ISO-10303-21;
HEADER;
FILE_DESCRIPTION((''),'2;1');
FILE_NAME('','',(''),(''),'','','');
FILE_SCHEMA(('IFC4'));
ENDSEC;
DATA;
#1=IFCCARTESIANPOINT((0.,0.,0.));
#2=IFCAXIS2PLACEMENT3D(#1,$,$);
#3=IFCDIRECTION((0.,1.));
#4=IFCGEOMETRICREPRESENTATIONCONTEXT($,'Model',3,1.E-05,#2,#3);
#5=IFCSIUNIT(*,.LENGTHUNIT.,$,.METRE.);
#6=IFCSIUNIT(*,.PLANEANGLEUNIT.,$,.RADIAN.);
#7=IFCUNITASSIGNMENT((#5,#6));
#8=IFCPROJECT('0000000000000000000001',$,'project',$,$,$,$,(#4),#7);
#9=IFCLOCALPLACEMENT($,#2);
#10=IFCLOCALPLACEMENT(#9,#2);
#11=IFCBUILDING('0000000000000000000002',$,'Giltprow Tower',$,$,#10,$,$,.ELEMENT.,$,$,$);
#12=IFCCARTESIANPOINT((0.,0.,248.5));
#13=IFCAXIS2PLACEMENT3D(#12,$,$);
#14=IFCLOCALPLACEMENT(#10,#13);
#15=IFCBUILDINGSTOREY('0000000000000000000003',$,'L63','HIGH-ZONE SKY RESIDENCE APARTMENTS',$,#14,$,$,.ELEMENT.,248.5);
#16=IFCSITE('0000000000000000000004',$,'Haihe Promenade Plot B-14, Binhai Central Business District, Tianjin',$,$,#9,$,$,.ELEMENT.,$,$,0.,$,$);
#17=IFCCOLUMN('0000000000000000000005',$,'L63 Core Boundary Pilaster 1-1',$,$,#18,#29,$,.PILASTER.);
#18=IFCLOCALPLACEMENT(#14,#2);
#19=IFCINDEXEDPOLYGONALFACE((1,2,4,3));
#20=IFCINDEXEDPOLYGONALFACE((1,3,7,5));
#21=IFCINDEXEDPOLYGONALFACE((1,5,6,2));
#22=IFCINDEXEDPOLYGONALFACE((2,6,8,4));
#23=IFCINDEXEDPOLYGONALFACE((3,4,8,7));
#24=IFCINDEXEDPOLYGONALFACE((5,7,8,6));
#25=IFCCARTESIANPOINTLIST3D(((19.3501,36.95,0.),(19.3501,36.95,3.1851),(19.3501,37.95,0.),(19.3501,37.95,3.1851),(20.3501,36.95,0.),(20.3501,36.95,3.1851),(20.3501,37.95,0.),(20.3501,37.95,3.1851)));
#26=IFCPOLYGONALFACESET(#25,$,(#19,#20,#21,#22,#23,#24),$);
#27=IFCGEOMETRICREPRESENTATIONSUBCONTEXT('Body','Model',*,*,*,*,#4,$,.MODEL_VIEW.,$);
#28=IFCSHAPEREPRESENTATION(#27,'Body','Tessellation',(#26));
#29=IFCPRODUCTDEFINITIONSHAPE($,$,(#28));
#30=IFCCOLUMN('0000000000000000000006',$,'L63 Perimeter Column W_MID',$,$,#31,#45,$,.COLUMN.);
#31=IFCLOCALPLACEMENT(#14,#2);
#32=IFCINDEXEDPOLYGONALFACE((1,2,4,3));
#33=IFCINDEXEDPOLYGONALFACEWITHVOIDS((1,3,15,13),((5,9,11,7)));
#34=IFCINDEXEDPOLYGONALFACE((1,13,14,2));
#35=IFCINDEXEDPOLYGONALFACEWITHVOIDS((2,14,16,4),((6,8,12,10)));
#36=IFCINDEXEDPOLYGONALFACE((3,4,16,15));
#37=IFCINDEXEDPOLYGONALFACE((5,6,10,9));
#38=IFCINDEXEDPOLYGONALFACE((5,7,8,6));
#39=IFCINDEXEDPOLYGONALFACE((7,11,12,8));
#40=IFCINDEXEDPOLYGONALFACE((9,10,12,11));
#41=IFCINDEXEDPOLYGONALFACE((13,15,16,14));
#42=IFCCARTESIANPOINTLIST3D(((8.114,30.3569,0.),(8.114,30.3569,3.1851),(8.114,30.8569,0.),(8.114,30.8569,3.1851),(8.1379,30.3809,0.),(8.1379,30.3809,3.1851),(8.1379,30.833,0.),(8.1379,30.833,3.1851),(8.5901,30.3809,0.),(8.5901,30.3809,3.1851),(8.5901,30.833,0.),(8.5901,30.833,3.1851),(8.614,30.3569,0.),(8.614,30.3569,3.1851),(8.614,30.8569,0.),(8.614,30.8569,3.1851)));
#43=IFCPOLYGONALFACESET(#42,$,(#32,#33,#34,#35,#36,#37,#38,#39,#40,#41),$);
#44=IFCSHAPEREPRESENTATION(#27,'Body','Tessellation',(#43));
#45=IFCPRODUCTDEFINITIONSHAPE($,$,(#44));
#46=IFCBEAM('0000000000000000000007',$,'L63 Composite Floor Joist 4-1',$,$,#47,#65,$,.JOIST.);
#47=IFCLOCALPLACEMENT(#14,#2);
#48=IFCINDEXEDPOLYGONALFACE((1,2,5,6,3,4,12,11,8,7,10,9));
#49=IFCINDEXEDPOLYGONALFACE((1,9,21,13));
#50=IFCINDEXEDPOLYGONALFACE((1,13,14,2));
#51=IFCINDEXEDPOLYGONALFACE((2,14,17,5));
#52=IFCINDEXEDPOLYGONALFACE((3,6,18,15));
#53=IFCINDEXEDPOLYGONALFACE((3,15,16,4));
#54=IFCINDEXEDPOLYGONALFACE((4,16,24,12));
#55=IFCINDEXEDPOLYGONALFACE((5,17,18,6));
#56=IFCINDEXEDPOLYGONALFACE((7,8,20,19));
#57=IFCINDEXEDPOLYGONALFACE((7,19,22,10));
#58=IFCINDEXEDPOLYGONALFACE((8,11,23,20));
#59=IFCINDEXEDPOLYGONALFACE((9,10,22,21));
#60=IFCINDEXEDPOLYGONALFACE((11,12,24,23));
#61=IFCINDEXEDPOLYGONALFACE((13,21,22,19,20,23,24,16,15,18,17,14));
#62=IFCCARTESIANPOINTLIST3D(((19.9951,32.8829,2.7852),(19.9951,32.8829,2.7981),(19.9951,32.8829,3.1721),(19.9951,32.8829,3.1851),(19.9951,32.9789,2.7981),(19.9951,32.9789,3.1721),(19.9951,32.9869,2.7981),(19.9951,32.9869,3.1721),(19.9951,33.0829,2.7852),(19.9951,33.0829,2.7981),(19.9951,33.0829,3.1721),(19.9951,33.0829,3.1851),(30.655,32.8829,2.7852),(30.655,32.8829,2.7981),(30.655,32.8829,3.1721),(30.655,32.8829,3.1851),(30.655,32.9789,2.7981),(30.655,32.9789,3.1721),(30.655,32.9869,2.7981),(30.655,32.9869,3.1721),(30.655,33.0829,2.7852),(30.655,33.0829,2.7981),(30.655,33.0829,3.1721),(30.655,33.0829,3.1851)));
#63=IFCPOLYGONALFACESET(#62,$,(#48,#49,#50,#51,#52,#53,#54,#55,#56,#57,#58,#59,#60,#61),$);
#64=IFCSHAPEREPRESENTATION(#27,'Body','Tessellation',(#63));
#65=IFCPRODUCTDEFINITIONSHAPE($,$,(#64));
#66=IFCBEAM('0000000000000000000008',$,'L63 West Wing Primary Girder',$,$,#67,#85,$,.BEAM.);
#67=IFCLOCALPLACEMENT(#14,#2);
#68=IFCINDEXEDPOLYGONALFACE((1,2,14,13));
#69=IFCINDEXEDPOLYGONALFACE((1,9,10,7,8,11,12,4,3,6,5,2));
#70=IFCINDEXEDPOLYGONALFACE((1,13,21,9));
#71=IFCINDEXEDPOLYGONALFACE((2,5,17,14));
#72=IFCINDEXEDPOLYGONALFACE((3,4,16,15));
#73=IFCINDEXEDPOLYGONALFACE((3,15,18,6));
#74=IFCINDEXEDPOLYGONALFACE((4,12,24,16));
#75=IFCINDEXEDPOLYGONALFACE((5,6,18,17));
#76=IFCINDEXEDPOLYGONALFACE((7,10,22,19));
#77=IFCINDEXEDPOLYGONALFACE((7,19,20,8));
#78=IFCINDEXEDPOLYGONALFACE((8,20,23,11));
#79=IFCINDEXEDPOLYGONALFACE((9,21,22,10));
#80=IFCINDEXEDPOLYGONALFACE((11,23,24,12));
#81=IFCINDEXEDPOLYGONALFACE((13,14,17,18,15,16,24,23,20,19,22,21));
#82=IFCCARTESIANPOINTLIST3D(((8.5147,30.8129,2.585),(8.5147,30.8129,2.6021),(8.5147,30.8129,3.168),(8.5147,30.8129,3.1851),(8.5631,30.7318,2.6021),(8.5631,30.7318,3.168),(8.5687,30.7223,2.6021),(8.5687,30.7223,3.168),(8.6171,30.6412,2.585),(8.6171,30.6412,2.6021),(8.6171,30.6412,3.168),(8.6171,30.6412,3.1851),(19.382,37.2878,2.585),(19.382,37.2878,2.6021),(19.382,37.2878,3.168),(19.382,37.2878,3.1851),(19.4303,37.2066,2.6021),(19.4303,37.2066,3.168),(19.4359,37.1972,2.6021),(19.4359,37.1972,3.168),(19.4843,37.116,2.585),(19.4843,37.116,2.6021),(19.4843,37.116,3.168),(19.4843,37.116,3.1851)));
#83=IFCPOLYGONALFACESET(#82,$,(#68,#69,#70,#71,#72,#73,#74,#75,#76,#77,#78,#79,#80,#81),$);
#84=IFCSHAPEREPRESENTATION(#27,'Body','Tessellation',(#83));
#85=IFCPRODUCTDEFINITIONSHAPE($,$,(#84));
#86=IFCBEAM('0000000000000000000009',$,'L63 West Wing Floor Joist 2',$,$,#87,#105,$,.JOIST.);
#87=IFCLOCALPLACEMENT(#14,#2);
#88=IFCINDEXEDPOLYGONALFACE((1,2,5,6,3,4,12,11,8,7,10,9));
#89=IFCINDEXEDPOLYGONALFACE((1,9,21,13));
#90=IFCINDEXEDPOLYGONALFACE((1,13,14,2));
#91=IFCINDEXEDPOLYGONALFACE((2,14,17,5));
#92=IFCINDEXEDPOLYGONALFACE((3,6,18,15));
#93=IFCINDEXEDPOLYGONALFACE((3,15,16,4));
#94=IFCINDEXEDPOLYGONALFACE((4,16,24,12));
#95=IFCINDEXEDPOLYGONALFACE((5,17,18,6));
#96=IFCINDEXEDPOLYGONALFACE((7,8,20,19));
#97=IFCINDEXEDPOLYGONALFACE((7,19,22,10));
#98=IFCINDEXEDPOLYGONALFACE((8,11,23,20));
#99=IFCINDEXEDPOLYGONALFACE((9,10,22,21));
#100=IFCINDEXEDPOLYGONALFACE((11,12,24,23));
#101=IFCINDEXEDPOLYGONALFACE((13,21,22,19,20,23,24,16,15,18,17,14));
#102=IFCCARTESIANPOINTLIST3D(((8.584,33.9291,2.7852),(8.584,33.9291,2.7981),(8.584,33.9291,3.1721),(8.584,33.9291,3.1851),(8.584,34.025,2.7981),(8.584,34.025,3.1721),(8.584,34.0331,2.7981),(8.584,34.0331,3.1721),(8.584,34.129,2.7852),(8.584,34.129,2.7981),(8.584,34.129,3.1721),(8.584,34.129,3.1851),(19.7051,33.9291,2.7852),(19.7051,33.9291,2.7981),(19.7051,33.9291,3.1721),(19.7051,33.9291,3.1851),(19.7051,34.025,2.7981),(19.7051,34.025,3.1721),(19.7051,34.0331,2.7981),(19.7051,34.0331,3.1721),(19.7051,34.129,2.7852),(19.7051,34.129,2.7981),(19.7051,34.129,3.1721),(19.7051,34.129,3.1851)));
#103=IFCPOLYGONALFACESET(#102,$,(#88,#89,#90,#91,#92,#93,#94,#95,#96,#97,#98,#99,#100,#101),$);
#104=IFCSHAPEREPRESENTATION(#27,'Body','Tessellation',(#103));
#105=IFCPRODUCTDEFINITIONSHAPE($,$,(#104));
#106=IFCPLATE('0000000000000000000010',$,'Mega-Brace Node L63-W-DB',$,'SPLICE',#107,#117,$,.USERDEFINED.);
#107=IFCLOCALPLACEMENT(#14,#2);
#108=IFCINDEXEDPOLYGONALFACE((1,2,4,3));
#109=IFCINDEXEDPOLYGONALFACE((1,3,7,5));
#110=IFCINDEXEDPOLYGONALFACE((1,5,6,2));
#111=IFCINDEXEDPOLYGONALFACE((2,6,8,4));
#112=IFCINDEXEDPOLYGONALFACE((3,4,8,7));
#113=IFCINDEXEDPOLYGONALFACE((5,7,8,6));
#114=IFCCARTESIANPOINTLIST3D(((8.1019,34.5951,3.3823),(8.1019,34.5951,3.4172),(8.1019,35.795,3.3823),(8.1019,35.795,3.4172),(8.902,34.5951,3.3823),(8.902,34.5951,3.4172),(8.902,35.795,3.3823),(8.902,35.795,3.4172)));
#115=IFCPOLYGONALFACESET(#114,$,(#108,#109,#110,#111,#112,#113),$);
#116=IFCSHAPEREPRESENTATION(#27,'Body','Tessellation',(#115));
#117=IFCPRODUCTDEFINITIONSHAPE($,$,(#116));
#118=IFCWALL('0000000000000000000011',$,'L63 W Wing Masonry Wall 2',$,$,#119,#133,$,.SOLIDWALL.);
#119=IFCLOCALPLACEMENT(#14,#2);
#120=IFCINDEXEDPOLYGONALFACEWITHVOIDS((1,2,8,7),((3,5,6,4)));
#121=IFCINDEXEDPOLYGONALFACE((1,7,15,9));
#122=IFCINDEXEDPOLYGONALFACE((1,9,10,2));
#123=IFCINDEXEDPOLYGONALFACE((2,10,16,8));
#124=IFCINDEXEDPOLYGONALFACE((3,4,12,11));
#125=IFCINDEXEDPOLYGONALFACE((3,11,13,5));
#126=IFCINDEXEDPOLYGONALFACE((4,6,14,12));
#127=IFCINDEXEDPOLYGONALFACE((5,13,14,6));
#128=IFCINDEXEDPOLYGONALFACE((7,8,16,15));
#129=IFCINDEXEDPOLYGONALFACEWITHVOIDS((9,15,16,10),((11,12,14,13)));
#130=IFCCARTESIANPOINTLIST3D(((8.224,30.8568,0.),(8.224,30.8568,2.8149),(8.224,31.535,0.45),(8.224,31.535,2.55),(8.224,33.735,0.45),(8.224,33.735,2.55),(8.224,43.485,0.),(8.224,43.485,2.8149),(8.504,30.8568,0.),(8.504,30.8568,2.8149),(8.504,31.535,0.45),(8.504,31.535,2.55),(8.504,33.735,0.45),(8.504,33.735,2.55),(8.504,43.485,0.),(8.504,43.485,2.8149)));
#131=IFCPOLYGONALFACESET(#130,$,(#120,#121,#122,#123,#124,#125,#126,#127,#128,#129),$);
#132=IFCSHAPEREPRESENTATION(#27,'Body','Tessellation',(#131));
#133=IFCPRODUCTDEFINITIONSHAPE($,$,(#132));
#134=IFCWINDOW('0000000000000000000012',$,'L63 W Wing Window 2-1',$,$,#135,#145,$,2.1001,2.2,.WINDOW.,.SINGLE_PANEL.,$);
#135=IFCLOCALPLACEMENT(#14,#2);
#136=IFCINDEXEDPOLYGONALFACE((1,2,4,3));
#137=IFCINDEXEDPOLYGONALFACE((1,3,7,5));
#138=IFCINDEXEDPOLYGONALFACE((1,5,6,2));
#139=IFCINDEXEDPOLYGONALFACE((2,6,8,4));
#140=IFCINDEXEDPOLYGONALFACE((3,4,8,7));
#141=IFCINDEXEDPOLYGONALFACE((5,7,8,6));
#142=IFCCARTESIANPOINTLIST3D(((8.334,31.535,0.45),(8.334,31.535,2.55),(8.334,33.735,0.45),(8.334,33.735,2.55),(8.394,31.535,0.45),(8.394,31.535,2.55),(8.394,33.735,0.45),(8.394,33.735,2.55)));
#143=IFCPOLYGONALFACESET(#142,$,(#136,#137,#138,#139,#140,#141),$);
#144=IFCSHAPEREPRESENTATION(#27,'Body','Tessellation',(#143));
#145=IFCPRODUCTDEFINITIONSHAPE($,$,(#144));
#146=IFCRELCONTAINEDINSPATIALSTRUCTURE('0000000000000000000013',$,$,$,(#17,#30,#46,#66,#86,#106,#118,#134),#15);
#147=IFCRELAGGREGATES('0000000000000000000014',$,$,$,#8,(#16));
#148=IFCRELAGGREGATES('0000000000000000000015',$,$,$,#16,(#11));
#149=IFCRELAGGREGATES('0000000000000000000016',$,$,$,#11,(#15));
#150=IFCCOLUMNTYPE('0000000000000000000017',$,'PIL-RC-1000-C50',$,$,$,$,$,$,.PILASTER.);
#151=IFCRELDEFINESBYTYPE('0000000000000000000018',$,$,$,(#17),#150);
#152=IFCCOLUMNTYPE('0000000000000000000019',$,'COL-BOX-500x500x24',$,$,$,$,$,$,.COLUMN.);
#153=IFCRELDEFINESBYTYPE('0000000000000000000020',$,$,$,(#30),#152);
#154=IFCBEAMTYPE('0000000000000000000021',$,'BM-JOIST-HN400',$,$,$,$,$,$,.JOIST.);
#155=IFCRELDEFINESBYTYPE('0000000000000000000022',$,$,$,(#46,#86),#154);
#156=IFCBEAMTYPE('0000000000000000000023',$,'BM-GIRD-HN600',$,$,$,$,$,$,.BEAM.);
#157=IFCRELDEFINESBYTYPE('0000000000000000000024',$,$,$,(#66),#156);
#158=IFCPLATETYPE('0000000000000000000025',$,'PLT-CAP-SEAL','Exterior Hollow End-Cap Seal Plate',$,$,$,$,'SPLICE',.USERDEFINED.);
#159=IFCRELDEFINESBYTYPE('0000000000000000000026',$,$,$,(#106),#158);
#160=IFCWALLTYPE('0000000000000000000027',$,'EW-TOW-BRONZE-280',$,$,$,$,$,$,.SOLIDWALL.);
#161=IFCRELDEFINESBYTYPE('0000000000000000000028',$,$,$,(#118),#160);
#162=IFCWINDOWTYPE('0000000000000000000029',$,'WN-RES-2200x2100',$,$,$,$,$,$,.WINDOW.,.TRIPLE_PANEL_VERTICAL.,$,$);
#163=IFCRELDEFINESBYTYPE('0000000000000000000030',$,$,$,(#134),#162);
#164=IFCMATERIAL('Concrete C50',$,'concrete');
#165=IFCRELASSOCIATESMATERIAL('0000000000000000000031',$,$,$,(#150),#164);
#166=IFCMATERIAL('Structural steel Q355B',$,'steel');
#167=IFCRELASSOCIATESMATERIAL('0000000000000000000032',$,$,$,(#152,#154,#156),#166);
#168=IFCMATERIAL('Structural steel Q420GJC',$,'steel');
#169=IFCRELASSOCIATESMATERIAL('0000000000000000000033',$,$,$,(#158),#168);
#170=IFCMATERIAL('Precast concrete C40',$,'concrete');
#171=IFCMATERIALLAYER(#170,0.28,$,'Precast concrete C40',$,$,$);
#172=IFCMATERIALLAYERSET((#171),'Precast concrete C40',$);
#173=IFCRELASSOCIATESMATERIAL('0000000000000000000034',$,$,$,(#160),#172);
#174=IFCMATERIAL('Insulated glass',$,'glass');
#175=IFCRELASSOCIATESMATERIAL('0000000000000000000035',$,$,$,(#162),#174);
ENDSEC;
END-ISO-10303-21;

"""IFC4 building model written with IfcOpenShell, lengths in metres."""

from ifc_helpers import new_model, si_unit, direction, frame, frame_2d, origin, origin_2d, place, context, subcontext, project, spatial, rectangle, hollow_rectangle, i_section, extrude, source, transform, mapped, material, layer, layer_set, material_profile, profile_set, type_object, element, fill, save


model = new_model("IFC4")

# Units and contexts
model_context = context("Model", 3, precision=1e-05, world=origin(), true_north=direction((0.0, 1.0)))
body_context = subcontext(model_context, "Body", "Model", "MODEL_VIEW")
ifc_project = project(units=[si_unit("LENGTHUNIT", "METRE"), si_unit("PLANEANGLEUNIT", "RADIAN")], contexts=[model_context])

# Site, building, storey
site_placement = place(None, origin())
site = spatial("IfcSite", under=ifc_project, at=site_placement, Name="Haihe Promenade Plot B-14, Binhai Central Business District, Tianjin", CompositionType="ELEMENT", RefElevation=0.0)
building_placement = place(site_placement, origin())
building = spatial("IfcBuilding", under=site, at=building_placement, Name="Giltprow Tower", CompositionType="ELEMENT")
storey_placement = place(building_placement, frame((0.0, 0.0, 248.5)))
storey = spatial("IfcBuildingStorey", under=building, at=storey_placement, Name="L63", Description="HIGH-ZONE SKY RESIDENCE APARTMENTS", CompositionType="ELEMENT", Elevation=248.5)

# Columns
ifc_material_1 = material(Name="Concrete C50", Category="concrete")
ifc_material_profile_1 = material_profile(ifc_material_1, rectangle(XDim=1.0, YDim=1.0, at=origin_2d()), Name="RC 1000x1000")
ifc_profile_set_1 = profile_set([ifc_material_profile_1], Name="Concrete C50")
column_type_1 = type_object("IfcColumnType", Name="PIL-RC-1000-C50", PredefinedType="PILASTER", material=ifc_profile_set_1)
shared_shape_1 = source(origin(), body_context, "Body", "SweptSolid", [
    extrude(rectangle(XDim=1.0, YDim=1.0, at=origin_2d()), origin(), (0.0, 0.0, 1.0), 3.1851),
])
column_1_placement = place(storey_placement, frame((19.8501, 37.45, 0.0), z_axis=(0.0, 0.0, 1.0), x_axis=(1.0, 0.0, 0.0)))
element("IfcColumn", 1, at=column_1_placement, inside=storey, type_object=column_type_1, Name="L63 Core Boundary Pilaster 1-1", PredefinedType="PILASTER", context=body_context, shape_type="MappedRepresentation", body=[
    mapped(shared_shape_1, transform((0.0, 0.0, 0.0), x_axis=(1.0, 0.0, 0.0), y_axis=(0.0, 1.0, 0.0), z_axis=(0.0, 0.0, 1.0), scale=1.0)),
])
ifc_material_2 = material(Name="Structural steel Q355B", Category="steel")
ifc_material_profile_2 = material_profile(ifc_material_2, hollow_rectangle(XDim=0.5, YDim=0.5, WallThickness=0.0239, at=origin_2d()), Name="BOX 500x500x24")
ifc_profile_set_2 = profile_set([ifc_material_profile_2], Name="Structural steel Q355B")
column_type_2 = type_object("IfcColumnType", Name="COL-BOX-500x500x24", PredefinedType="COLUMN", material=ifc_profile_set_2)
shared_shape_2 = source(origin(), body_context, "Body", "SweptSolid", [
    extrude(hollow_rectangle(XDim=0.5, YDim=0.5, WallThickness=0.0239, at=origin_2d()), origin(), (0.0, 0.0, 1.0), 3.1851),
])
column_2_placement = place(storey_placement, frame((8.364, 30.6069, 0.0), z_axis=(0.0, 0.0, 1.0), x_axis=(1.0, 0.0, 0.0)))
element("IfcColumn", 2, at=column_2_placement, inside=storey, type_object=column_type_2, Name="L63 Perimeter Column W_MID", PredefinedType="COLUMN", context=body_context, shape_type="MappedRepresentation", body=[
    mapped(shared_shape_2, transform((0.0, 0.0, 0.0), x_axis=(1.0, 0.0, 0.0), y_axis=(0.0, 1.0, 0.0), z_axis=(0.0, 0.0, 1.0), scale=1.0)),
])

# Beams
ifc_material_profile_3 = material_profile(ifc_material_2, i_section(OverallWidth=0.2, OverallDepth=0.3999, WebThickness=0.0081, FlangeThickness=0.0129, at=origin_2d()), Name="HN 400x200x8x13")
ifc_profile_set_3 = profile_set([ifc_material_profile_3], Name="Structural steel Q355B")
beam_type_1 = type_object("IfcBeamType", Name="BM-JOIST-HN400", PredefinedType="JOIST", material=ifc_profile_set_3)
shared_shape_3 = source(origin(), body_context, "Body", "SweptSolid", [
    extrude(i_section(OverallWidth=0.2, OverallDepth=0.3999, WebThickness=0.0081, FlangeThickness=0.0129, at=origin_2d()), origin(), (0.0, 0.0, 1.0), 10.6599),
])
beam_1_placement = place(storey_placement, frame((19.9951, 32.9829, 2.9851), z_axis=(1.0, 0.0, 0.0), x_axis=(0.0, 1.0, 0.0)))
element("IfcBeam", 3, at=beam_1_placement, inside=storey, type_object=beam_type_1, Name="L63 Composite Floor Joist 4-1", PredefinedType="JOIST", context=body_context, shape_type="MappedRepresentation", body=[
    mapped(shared_shape_3, transform((0.0, 0.0, 0.0), x_axis=(1.0, 0.0, 0.0), y_axis=(0.0, 1.0, 0.0), z_axis=(0.0, 0.0, 1.0), scale=1.0)),
])
ifc_material_profile_4 = material_profile(ifc_material_2, i_section(OverallWidth=0.2, OverallDepth=0.6001, WebThickness=0.011, FlangeThickness=0.0171, at=origin_2d()), Name="HN 600x200x11x17")
ifc_profile_set_4 = profile_set([ifc_material_profile_4], Name="Structural steel Q355B")
beam_type_2 = type_object("IfcBeamType", Name="BM-GIRD-HN600", PredefinedType="BEAM", material=ifc_profile_set_4)
shared_shape_4 = source(origin(), body_context, "Body", "SweptSolid", [
    extrude(i_section(OverallWidth=0.2, OverallDepth=0.6001, WebThickness=0.011, FlangeThickness=0.0171, at=origin_2d()), origin(), (0.0, 0.0, 1.0), 12.6499),
])
beam_2_placement = place(storey_placement, frame((8.5659, 30.7271, 2.885), z_axis=(0.859074, 0.511851, 0.0), x_axis=(-0.511851, 0.859074, 0.0)))
element("IfcBeam", 4, at=beam_2_placement, inside=storey, type_object=beam_type_2, Name="L63 West Wing Primary Girder", PredefinedType="BEAM", context=body_context, shape_type="MappedRepresentation", body=[
    mapped(shared_shape_4, transform((0.0, 0.0, 0.0), x_axis=(1.0, 0.0, 0.0), y_axis=(0.0, 1.0, 0.0), z_axis=(0.0, 0.0, 1.0), scale=1.0)),
])
shared_shape_5 = source(origin(), body_context, "Body", "SweptSolid", [
    extrude(i_section(OverallWidth=0.2, OverallDepth=0.3999, WebThickness=0.0081, FlangeThickness=0.0129, at=origin_2d()), origin(), (0.0, 0.0, 1.0), 11.1211),
])
beam_3_placement = place(storey_placement, frame((8.584, 34.0291, 2.9851), z_axis=(1.0, 0.0, 0.0), x_axis=(0.0, 1.0, 0.0)))
element("IfcBeam", 5, at=beam_3_placement, inside=storey, type_object=beam_type_1, Name="L63 West Wing Floor Joist 2", PredefinedType="JOIST", context=body_context, shape_type="MappedRepresentation", body=[
    mapped(shared_shape_5, transform((0.0, 0.0, 0.0), x_axis=(1.0, 0.0, 0.0), y_axis=(0.0, 1.0, 0.0), z_axis=(0.0, 0.0, 1.0), scale=1.0)),
])

# Plate
ifc_material_3 = material(Name="Structural steel Q420GJC", Category="steel")
plate_type = type_object("IfcPlateType", Name="PLT-CAP-SEAL", Description="Exterior Hollow End-Cap Seal Plate", ElementType="SPLICE", PredefinedType="USERDEFINED", material=ifc_material_3)
shared_shape_6 = source(origin(), body_context, "Body", "SweptSolid", [
    extrude(rectangle(XDim=1.2, YDim=0.8, at=origin_2d()), origin(), (0.0, 0.0, 1.0), 0.0349),
])
plate_placement = place(storey_placement, frame((8.502, 35.1951, 3.3823), z_axis=(0.0, 0.0, 1.0), x_axis=(0.0, 1.0, 0.0)))
element("IfcPlate", 6, at=plate_placement, inside=storey, type_object=plate_type, Name="Mega-Brace Node L63-W-DB", ObjectType="SPLICE", PredefinedType="USERDEFINED", context=body_context, shape_type="MappedRepresentation", body=[
    mapped(shared_shape_6, transform((0.0, 0.0, 0.0), x_axis=(1.0, 0.0, 0.0), y_axis=(0.0, 1.0, 0.0), z_axis=(0.0, 0.0, 1.0), scale=1.0)),
])

# Wall, opening, window
ifc_material_4 = material(Name="Precast concrete C40", Category="concrete")
ifc_layer_1 = layer(ifc_material_4, 0.28, Name="Precast concrete C40")
ifc_layer_set_1 = layer_set([ifc_layer_1], Name="Precast concrete C40")
wall_type_1 = type_object("IfcWallType", Name="EW-TOW-BRONZE-280", PredefinedType="SOLIDWALL", material=ifc_layer_set_1)
wall_1_placement = place(storey_placement, frame((8.364, 30.8569, 0.0), z_axis=(0.0, 0.0, 1.0), x_axis=(0.0, 1.0, 0.0)))
wall_1 = element("IfcWall", 7, at=wall_1_placement, inside=storey, type_object=wall_type_1, Name="L63 W Wing Masonry Wall 2", PredefinedType="SOLIDWALL", context=body_context, shape_type="SweptSolid", body=[
    extrude(rectangle(XDim=12.6282, YDim=0.28, at=frame_2d((6.314, 0.0))), origin(), (0.0, 0.0, 1.0), 2.8149),
])
opening_1_placement = place(wall_1_placement, frame((0.678, 0.0, 0.45)))
opening_1 = element("IfcOpeningElement", 8, at=opening_1_placement, cuts=wall_1, PredefinedType="OPENING", context=body_context, shape_type="SweptSolid", body=[
    extrude(rectangle(XDim=2.2, YDim=2.1001, at=frame_2d((1.1001, 1.05))), frame((0.0, 0.1499, 0.0), z_axis=(0.0, -1.0, 0.0), x_axis=(1.0, 0.0, 0.0)), (0.0, 0.0, 1.0), 0.3),
])
ifc_material_5 = material(Name="Insulated glass", Category="glass")
window_type = type_object("IfcWindowType", Name="WN-RES-2200x2100", PartitioningType="TRIPLE_PANEL_VERTICAL", PredefinedType="WINDOW", material=ifc_material_5)
shared_shape_7 = source(origin(), body_context, "Body", "SweptSolid", [
    extrude(rectangle(XDim=2.2, YDim=2.1001, at=frame_2d((1.1001, 1.05))), frame((0.0, 0.03, 0.0), z_axis=(0.0, -1.0, 0.0), x_axis=(1.0, 0.0, 0.0)), (0.0, 0.0, 1.0), 0.0601),
])
window_placement = place(opening_1_placement, origin())
window = element("IfcWindow", 9, at=window_placement, inside=storey, type_object=window_type, Name="L63 W Wing Window 2-1", OverallHeight=2.1001, OverallWidth=2.2, PartitioningType="SINGLE_PANEL", PredefinedType="WINDOW", context=body_context, shape_type="MappedRepresentation", body=[
    mapped(shared_shape_7, transform((0.0, 0.0, 0.0), x_axis=(1.0, 0.0, 0.0), y_axis=(0.0, 1.0, 0.0), z_axis=(0.0, 0.0, 1.0), scale=1.0)),
])
fill(opening_1, window)

save(model, "model.ifc")
